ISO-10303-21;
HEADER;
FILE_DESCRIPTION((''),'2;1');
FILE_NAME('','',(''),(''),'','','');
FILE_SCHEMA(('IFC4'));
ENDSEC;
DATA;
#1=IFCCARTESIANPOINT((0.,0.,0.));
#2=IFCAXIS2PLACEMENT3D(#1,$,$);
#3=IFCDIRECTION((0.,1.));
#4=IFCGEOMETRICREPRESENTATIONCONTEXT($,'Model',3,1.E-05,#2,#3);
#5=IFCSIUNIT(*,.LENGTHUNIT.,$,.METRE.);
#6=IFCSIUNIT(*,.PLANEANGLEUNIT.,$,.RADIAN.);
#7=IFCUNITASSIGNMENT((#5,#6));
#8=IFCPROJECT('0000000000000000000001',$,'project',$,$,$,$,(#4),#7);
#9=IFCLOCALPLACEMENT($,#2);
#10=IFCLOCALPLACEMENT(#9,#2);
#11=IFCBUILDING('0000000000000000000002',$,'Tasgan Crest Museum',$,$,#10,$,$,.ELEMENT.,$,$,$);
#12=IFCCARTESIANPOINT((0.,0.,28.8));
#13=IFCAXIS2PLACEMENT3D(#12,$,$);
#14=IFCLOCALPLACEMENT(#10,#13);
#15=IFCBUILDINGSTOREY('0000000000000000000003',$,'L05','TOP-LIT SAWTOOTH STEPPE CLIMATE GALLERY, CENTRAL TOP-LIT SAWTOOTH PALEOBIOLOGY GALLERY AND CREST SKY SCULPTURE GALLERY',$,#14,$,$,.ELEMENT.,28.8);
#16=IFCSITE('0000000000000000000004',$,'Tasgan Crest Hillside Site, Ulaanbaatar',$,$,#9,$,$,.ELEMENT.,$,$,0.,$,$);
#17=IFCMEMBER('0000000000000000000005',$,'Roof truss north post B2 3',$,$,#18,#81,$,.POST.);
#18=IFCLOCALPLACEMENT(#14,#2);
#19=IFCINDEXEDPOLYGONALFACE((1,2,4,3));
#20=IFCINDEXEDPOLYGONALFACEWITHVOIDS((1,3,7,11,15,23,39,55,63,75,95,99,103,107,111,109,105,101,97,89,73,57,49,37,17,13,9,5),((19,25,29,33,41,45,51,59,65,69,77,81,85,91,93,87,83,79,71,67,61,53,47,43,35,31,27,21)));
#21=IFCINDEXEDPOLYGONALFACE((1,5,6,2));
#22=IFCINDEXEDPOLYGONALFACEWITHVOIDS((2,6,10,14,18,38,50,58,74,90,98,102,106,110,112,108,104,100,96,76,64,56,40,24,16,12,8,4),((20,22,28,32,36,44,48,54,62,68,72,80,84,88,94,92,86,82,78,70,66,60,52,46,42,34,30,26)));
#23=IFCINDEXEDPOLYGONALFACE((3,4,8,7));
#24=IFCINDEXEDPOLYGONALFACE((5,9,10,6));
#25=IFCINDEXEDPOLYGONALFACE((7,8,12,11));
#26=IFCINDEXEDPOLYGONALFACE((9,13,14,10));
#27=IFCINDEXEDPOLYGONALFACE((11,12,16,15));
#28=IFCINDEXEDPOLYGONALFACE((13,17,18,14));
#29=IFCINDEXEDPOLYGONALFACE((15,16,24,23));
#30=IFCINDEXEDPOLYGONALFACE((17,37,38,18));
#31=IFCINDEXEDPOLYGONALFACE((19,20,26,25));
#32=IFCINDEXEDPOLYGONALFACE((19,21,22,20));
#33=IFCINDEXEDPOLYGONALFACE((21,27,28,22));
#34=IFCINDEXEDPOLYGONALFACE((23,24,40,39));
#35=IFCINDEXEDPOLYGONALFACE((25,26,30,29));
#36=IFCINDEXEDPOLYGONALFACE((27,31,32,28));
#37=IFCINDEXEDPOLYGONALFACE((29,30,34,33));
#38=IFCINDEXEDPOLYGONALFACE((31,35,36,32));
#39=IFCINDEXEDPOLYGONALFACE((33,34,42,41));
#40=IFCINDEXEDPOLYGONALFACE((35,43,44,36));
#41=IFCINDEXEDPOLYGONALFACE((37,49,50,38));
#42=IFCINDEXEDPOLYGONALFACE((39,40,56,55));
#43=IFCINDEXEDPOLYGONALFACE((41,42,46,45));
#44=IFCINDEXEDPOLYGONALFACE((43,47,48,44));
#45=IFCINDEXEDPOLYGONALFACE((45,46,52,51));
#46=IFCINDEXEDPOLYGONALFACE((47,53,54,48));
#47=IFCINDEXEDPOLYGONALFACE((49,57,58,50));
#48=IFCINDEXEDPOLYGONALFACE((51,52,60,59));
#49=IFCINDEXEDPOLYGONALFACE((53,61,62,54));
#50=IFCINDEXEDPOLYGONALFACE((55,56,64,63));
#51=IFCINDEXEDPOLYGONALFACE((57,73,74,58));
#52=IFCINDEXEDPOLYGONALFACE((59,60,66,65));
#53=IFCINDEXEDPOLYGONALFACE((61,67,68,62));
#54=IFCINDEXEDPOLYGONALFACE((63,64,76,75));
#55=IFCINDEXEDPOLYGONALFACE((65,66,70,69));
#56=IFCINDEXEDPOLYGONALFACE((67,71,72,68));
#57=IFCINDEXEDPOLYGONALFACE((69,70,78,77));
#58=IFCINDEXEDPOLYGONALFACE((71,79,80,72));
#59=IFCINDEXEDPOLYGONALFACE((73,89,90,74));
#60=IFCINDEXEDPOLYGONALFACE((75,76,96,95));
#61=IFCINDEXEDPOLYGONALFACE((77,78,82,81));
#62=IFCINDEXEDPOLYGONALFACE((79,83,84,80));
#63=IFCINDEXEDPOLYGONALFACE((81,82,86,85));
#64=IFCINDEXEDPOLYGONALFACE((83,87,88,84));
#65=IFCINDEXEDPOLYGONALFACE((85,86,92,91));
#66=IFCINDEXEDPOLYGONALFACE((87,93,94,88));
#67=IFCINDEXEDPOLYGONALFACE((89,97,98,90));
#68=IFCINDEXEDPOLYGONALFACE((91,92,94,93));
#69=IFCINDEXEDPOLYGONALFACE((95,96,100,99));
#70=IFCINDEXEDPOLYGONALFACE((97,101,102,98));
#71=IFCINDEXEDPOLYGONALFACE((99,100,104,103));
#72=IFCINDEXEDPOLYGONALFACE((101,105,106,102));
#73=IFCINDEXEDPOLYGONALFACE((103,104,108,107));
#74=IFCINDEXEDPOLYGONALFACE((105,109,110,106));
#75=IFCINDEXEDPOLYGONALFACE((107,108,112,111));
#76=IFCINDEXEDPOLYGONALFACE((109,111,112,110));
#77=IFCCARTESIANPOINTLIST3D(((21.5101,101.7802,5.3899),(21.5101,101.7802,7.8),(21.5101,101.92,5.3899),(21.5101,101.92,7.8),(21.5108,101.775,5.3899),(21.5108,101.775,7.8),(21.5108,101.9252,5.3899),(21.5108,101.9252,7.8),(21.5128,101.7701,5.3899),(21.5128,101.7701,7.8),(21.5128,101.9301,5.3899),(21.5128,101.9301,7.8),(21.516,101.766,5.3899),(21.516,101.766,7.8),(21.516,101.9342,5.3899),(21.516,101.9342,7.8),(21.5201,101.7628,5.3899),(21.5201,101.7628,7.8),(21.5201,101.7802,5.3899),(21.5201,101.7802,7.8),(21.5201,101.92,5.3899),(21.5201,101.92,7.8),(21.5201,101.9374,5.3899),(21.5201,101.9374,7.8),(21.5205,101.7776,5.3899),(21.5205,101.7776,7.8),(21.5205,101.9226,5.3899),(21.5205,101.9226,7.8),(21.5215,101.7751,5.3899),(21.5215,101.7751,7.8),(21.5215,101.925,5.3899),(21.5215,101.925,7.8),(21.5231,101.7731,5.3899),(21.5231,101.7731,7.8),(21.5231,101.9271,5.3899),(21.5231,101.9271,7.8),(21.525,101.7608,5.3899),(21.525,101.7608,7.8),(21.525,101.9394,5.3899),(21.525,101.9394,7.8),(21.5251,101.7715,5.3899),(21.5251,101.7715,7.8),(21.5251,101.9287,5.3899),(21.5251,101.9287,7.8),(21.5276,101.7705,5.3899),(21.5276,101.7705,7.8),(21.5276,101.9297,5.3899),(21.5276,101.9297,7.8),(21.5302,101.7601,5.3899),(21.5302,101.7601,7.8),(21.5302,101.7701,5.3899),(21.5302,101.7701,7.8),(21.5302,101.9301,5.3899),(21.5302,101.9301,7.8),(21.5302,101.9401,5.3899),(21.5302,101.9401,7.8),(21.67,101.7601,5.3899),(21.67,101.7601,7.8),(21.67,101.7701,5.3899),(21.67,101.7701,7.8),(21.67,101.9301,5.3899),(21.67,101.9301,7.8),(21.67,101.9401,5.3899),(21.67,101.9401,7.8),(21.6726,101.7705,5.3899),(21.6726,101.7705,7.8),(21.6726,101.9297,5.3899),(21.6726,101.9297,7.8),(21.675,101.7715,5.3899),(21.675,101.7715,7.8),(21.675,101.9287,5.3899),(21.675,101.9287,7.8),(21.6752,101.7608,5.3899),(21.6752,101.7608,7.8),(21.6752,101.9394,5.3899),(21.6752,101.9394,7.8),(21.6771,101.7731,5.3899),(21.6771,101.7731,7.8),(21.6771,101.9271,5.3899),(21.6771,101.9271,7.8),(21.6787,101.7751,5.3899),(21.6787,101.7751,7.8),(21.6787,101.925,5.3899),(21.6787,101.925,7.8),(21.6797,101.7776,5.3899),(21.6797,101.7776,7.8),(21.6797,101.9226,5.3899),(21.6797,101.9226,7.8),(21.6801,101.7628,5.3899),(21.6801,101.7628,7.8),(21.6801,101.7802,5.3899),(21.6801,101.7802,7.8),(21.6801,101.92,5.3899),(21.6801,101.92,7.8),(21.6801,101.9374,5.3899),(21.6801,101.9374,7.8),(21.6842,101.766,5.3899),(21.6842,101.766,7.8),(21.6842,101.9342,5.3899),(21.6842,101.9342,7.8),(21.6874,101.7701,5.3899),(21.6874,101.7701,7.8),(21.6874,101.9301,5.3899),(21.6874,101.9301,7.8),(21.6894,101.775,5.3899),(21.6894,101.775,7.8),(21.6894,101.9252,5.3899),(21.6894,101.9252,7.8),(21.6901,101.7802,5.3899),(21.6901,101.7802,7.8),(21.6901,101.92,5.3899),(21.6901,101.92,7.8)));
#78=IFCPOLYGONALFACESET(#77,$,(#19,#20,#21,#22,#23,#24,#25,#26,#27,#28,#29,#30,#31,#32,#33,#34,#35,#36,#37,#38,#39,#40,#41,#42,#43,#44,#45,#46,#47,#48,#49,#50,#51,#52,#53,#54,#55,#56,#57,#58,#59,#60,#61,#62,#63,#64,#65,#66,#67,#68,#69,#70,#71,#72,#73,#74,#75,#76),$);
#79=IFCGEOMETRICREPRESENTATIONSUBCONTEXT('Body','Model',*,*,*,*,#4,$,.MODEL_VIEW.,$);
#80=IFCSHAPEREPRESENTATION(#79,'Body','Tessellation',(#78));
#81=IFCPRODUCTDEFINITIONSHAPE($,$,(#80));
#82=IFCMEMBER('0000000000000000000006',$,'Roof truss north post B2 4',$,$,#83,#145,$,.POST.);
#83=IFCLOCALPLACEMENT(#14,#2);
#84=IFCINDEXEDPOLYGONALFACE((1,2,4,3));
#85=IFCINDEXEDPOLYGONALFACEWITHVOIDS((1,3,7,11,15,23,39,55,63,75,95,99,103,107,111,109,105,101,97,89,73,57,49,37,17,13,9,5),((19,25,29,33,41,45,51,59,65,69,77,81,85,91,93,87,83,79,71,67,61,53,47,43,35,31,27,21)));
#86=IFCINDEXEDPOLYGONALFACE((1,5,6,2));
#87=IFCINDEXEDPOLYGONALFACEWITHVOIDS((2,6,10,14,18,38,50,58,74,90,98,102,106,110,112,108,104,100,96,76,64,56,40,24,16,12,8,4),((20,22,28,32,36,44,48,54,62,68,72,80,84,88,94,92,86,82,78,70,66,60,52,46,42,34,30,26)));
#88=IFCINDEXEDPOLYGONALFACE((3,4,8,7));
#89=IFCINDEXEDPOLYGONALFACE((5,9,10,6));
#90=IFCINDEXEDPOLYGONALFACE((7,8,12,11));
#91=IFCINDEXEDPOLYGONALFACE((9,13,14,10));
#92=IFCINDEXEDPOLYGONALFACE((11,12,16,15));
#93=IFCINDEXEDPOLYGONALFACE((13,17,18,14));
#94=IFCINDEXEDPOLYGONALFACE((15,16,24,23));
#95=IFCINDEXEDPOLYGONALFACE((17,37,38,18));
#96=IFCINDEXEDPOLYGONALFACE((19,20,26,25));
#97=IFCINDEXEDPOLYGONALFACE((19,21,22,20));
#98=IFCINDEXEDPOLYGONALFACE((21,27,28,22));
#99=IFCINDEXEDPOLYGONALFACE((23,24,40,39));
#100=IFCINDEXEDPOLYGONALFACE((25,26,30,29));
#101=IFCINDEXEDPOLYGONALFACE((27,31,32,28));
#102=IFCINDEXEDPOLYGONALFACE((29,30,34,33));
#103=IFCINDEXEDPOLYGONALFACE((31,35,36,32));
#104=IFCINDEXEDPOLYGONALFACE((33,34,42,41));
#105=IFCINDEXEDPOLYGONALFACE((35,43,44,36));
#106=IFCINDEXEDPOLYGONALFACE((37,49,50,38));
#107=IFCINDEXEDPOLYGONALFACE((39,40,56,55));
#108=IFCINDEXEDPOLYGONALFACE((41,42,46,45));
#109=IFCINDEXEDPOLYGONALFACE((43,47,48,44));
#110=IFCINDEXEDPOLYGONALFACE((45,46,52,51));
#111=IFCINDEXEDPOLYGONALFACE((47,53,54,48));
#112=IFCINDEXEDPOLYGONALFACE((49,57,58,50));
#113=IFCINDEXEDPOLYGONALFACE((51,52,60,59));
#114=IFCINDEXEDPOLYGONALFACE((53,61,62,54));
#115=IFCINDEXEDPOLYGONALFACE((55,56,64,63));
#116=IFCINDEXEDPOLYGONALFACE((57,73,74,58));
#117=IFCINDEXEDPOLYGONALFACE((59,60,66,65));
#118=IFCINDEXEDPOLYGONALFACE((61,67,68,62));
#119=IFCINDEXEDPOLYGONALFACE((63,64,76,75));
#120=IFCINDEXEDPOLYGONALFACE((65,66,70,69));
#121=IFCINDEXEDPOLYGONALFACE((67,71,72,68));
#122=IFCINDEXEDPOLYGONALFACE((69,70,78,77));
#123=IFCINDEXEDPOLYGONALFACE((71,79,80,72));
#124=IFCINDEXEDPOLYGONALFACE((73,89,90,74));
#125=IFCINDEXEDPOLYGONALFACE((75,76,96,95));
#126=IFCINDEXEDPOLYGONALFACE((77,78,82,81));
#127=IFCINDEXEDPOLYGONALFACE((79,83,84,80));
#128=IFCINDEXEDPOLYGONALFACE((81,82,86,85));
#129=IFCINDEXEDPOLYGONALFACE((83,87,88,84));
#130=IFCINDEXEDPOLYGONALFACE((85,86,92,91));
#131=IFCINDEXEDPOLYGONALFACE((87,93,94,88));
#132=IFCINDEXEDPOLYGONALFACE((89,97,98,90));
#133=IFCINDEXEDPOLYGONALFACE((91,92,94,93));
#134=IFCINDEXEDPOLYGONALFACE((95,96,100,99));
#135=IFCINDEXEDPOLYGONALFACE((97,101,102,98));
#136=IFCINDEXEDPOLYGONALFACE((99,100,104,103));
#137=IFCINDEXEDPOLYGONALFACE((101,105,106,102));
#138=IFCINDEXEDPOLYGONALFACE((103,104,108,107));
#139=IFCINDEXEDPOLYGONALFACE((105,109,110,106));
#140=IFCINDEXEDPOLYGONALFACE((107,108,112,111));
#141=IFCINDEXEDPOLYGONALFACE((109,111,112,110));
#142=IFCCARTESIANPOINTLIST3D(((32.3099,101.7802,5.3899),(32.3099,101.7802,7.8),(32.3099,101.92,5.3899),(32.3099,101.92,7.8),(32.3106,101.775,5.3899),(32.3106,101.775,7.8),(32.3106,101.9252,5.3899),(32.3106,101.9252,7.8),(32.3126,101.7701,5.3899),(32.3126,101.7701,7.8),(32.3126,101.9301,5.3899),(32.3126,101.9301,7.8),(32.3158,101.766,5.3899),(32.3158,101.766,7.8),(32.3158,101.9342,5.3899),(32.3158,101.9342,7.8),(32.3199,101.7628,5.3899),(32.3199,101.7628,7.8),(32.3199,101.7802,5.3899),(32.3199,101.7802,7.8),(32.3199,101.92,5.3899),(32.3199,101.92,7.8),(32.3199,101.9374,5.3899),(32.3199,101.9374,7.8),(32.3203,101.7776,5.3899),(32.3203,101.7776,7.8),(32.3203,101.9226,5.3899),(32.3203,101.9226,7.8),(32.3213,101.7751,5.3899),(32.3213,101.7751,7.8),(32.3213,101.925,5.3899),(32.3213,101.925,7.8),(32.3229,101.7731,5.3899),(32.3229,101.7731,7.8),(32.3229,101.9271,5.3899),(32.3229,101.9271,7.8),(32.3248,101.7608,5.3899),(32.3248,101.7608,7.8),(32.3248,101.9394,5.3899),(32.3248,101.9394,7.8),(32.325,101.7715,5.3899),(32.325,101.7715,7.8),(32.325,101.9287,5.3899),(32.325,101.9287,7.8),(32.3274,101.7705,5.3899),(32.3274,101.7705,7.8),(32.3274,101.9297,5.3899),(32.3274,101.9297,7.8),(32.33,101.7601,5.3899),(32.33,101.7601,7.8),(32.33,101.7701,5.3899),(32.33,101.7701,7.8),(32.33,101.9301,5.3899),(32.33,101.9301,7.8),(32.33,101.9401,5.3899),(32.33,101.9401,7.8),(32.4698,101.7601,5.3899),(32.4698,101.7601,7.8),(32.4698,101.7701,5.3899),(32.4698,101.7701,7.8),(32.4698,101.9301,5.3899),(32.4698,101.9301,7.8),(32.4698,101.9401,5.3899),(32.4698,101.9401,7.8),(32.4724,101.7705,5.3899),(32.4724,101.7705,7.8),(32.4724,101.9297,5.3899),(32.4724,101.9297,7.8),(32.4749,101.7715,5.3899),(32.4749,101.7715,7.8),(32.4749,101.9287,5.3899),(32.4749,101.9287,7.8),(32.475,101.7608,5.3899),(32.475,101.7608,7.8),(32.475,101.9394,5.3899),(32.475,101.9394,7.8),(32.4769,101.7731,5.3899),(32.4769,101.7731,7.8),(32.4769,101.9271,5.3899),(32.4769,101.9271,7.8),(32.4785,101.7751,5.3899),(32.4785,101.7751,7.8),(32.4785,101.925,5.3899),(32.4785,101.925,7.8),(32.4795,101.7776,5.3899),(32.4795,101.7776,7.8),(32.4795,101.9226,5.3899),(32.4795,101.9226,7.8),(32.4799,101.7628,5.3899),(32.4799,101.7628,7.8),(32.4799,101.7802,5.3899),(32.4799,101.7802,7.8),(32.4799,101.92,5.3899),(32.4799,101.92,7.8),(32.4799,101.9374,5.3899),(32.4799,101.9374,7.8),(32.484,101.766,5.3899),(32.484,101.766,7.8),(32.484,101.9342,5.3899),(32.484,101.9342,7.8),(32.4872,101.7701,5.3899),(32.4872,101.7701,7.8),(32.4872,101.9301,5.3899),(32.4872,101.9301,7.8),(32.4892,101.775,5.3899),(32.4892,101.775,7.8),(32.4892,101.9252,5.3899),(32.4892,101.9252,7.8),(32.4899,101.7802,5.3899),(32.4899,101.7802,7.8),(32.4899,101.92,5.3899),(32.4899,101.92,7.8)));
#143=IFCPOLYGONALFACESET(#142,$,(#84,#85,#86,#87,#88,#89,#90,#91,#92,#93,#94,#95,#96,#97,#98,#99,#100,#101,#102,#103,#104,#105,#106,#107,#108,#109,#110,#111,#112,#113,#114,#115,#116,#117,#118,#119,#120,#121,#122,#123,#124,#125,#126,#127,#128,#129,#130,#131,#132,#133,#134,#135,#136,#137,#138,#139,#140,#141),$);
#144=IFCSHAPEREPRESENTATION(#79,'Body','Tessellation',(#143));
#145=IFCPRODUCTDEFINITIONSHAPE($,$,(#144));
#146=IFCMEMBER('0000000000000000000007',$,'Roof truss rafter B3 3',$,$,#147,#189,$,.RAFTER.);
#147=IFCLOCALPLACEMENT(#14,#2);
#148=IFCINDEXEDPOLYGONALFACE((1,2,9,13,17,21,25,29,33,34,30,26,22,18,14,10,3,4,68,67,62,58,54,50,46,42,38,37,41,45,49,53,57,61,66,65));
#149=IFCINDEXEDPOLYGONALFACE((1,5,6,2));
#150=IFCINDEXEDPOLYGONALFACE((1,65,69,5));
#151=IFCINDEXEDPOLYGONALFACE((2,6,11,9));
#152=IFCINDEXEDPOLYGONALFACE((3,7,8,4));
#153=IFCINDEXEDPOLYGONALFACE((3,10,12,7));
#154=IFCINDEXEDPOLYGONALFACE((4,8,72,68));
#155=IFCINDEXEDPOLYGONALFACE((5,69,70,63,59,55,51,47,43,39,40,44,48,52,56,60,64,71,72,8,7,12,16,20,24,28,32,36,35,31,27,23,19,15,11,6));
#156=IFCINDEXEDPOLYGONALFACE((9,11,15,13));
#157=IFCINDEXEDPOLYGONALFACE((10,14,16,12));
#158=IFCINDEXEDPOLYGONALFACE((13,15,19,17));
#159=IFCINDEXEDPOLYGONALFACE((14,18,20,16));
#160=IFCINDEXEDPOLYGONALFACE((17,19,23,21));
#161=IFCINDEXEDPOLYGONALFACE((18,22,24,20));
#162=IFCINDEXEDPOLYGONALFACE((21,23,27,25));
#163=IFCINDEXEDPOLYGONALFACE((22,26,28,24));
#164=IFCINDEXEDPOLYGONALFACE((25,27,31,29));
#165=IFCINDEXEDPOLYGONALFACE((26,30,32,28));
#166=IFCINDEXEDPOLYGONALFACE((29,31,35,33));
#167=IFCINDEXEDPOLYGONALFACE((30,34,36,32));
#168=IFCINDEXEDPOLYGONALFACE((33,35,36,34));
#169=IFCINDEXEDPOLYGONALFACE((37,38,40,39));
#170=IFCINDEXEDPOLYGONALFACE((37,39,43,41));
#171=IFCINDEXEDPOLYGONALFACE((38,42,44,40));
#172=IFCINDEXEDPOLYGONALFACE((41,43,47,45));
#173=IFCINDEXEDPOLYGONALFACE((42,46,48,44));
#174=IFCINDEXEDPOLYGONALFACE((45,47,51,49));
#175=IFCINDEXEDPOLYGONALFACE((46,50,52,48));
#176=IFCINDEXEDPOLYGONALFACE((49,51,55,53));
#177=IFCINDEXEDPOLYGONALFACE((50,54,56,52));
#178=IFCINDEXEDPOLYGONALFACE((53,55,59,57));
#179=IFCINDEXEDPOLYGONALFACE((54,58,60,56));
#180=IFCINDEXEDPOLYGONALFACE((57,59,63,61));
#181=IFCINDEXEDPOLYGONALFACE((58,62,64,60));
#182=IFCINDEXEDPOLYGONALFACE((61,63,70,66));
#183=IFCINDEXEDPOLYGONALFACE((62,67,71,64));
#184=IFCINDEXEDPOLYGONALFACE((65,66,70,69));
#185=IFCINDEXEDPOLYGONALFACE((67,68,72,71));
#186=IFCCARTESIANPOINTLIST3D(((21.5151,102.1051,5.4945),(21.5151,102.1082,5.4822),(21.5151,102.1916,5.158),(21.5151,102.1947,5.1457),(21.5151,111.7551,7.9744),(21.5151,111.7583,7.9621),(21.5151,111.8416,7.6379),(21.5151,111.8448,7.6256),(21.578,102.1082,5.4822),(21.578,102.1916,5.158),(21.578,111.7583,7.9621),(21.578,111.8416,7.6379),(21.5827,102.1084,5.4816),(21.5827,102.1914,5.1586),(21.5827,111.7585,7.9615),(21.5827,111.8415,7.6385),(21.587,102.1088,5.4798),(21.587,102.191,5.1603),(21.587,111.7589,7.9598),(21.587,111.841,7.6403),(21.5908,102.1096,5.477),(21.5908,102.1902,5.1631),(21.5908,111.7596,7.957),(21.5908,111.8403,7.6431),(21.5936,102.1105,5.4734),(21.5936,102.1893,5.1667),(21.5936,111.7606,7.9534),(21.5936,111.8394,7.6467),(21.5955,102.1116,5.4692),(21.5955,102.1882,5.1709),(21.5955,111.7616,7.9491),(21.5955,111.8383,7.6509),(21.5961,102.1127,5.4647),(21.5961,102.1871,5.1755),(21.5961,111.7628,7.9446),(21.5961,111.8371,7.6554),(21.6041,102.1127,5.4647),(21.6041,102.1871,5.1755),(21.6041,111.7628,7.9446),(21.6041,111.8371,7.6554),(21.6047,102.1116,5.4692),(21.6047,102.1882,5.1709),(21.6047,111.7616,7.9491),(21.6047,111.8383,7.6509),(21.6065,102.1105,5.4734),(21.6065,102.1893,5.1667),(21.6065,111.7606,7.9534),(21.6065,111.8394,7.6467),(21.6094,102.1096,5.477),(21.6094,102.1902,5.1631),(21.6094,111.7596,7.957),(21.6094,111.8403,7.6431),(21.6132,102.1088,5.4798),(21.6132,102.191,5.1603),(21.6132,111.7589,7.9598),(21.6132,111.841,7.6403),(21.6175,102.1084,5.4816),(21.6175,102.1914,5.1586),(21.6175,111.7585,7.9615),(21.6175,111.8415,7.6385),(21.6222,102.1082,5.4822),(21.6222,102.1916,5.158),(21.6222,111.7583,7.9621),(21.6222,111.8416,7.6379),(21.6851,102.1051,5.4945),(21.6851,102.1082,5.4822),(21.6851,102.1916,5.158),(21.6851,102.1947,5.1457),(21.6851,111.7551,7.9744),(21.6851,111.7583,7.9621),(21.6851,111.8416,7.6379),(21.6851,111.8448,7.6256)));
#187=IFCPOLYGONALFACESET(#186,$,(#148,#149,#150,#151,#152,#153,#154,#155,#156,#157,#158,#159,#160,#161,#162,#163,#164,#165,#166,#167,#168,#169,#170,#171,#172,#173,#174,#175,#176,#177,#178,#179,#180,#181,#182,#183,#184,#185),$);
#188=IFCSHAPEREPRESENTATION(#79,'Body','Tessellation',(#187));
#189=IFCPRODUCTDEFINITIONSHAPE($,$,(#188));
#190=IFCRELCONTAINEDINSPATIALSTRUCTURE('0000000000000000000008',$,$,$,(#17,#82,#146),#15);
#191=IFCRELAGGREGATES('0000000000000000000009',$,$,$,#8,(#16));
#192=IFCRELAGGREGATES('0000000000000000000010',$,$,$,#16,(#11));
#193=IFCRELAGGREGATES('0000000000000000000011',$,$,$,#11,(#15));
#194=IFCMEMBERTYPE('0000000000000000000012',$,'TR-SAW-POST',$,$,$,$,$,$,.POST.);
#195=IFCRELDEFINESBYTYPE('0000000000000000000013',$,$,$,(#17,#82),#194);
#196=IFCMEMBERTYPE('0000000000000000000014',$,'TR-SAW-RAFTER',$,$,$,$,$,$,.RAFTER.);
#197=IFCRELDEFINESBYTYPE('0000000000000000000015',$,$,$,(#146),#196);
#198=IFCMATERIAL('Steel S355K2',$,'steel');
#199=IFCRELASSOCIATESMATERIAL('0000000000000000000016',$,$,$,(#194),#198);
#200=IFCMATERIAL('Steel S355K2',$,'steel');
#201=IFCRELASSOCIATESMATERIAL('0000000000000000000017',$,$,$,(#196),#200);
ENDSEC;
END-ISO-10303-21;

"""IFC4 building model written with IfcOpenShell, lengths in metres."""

from ifc_helpers import new_model, si_unit, direction, frame, origin, origin_2d, place, context, subcontext, project, spatial, hollow_rectangle, i_section, extrude, material, material_profile, profile_set, type_object, element, save


model = new_model("IFC4")

# Units and contexts
model_context = context("Model", 3, precision=1e-05, world=origin(), true_north=direction((0.0, 1.0)))
body_context = subcontext(model_context, "Body", "Model", "MODEL_VIEW")
ifc_project = project(units=[si_unit("LENGTHUNIT", "METRE"), si_unit("PLANEANGLEUNIT", "RADIAN")], contexts=[model_context])

# Site, building, storey
site_placement = place(None, origin())
site = spatial("IfcSite", under=ifc_project, at=site_placement, Name="Tasgan Crest Hillside Site, Ulaanbaatar", CompositionType="ELEMENT", RefElevation=0.0)
building_placement = place(site_placement, origin())
building = spatial("IfcBuilding", under=site, at=building_placement, Name="Tasgan Crest Museum", CompositionType="ELEMENT")
storey_placement = place(building_placement, frame((0.0, 0.0, 28.8)))
storey = spatial("IfcBuildingStorey", under=building, at=storey_placement, Name="L05", Description="TOP-LIT SAWTOOTH STEPPE CLIMATE GALLERY, CENTRAL TOP-LIT SAWTOOTH PALEOBIOLOGY GALLERY AND CREST SKY SCULPTURE GALLERY", CompositionType="ELEMENT", Elevation=28.8)

# Members
ifc_material_1 = material(Name="Steel S355K2", Category="steel")
ifc_material_profile_1 = material_profile(ifc_material_1, hollow_rectangle(XDim=0.1799, YDim=0.1799, WallThickness=0.01, InnerFilletRadius=0.01, OuterFilletRadius=0.02, at=origin_2d()), Name="SHS 180x180x10")
ifc_profile_set_1 = profile_set([ifc_material_profile_1], Name="Steel S355K2")
member_type_1 = type_object("IfcMemberType", Name="TR-SAW-POST", PredefinedType="POST", material=ifc_profile_set_1)
for number, where, z_axis, x_axis, name in (
    (1, (21.6001, 101.8501, 5.3899), (0.0, 0.0, 1.0), (1.0, 0.0, 0.0), "Roof truss north post B2 3"),
    (2, (32.3999, 101.8501, 5.3899), (0.0, 0.0, 1.0), (1.0, 0.0, 0.0), "Roof truss north post B2 4"),
):
    element("IfcMember", number, at=place(storey_placement, frame(where, z_axis=z_axis, x_axis=x_axis)), inside=storey, type_object=member_type_1, Name=name, PredefinedType="POST", context=body_context, shape_type="SweptSolid", body=[
        extrude(hollow_rectangle(XDim=0.1799, YDim=0.1799, WallThickness=0.01, InnerFilletRadius=0.01, OuterFilletRadius=0.02, at=origin_2d()), origin(), (0.0, 0.0, 1.0), 2.4102),
    ])
ifc_material_2 = material(Name="Steel S355K2", Category="steel")
ifc_material_profile_2 = material_profile(ifc_material_2, i_section(OverallWidth=0.1699, OverallDepth=0.3601, WebThickness=0.0081, FlangeThickness=0.0127, FilletRadius=0.0181, at=origin_2d()), Name="IPE 360")
ifc_profile_set_2 = profile_set([ifc_material_profile_2], Name="Steel S355K2")
member_type_2 = type_object("IfcMemberType", Name="TR-SAW-RAFTER", PredefinedType="RAFTER", material=ifc_profile_set_2)
for number, where, z_axis, x_axis, name in (
    (3, (21.6001, 102.1499, 5.3201), (0.0, 0.968529, 0.248901), (-1.0, 0.0, 0.0), "Roof truss rafter B3 3"),
):
    element("IfcMember", number, at=place(storey_placement, frame(where, z_axis=z_axis, x_axis=x_axis)), inside=storey, type_object=member_type_2, Name=name, PredefinedType="RAFTER", context=body_context, shape_type="SweptSolid", body=[
        extrude(i_section(OverallWidth=0.1699, OverallDepth=0.3601, WebThickness=0.0081, FlangeThickness=0.0127, FilletRadius=0.0181, at=origin_2d()), origin(), (0.0, 0.0, 1.0), 9.9636),
    ])

save(model, "model.ifc")
